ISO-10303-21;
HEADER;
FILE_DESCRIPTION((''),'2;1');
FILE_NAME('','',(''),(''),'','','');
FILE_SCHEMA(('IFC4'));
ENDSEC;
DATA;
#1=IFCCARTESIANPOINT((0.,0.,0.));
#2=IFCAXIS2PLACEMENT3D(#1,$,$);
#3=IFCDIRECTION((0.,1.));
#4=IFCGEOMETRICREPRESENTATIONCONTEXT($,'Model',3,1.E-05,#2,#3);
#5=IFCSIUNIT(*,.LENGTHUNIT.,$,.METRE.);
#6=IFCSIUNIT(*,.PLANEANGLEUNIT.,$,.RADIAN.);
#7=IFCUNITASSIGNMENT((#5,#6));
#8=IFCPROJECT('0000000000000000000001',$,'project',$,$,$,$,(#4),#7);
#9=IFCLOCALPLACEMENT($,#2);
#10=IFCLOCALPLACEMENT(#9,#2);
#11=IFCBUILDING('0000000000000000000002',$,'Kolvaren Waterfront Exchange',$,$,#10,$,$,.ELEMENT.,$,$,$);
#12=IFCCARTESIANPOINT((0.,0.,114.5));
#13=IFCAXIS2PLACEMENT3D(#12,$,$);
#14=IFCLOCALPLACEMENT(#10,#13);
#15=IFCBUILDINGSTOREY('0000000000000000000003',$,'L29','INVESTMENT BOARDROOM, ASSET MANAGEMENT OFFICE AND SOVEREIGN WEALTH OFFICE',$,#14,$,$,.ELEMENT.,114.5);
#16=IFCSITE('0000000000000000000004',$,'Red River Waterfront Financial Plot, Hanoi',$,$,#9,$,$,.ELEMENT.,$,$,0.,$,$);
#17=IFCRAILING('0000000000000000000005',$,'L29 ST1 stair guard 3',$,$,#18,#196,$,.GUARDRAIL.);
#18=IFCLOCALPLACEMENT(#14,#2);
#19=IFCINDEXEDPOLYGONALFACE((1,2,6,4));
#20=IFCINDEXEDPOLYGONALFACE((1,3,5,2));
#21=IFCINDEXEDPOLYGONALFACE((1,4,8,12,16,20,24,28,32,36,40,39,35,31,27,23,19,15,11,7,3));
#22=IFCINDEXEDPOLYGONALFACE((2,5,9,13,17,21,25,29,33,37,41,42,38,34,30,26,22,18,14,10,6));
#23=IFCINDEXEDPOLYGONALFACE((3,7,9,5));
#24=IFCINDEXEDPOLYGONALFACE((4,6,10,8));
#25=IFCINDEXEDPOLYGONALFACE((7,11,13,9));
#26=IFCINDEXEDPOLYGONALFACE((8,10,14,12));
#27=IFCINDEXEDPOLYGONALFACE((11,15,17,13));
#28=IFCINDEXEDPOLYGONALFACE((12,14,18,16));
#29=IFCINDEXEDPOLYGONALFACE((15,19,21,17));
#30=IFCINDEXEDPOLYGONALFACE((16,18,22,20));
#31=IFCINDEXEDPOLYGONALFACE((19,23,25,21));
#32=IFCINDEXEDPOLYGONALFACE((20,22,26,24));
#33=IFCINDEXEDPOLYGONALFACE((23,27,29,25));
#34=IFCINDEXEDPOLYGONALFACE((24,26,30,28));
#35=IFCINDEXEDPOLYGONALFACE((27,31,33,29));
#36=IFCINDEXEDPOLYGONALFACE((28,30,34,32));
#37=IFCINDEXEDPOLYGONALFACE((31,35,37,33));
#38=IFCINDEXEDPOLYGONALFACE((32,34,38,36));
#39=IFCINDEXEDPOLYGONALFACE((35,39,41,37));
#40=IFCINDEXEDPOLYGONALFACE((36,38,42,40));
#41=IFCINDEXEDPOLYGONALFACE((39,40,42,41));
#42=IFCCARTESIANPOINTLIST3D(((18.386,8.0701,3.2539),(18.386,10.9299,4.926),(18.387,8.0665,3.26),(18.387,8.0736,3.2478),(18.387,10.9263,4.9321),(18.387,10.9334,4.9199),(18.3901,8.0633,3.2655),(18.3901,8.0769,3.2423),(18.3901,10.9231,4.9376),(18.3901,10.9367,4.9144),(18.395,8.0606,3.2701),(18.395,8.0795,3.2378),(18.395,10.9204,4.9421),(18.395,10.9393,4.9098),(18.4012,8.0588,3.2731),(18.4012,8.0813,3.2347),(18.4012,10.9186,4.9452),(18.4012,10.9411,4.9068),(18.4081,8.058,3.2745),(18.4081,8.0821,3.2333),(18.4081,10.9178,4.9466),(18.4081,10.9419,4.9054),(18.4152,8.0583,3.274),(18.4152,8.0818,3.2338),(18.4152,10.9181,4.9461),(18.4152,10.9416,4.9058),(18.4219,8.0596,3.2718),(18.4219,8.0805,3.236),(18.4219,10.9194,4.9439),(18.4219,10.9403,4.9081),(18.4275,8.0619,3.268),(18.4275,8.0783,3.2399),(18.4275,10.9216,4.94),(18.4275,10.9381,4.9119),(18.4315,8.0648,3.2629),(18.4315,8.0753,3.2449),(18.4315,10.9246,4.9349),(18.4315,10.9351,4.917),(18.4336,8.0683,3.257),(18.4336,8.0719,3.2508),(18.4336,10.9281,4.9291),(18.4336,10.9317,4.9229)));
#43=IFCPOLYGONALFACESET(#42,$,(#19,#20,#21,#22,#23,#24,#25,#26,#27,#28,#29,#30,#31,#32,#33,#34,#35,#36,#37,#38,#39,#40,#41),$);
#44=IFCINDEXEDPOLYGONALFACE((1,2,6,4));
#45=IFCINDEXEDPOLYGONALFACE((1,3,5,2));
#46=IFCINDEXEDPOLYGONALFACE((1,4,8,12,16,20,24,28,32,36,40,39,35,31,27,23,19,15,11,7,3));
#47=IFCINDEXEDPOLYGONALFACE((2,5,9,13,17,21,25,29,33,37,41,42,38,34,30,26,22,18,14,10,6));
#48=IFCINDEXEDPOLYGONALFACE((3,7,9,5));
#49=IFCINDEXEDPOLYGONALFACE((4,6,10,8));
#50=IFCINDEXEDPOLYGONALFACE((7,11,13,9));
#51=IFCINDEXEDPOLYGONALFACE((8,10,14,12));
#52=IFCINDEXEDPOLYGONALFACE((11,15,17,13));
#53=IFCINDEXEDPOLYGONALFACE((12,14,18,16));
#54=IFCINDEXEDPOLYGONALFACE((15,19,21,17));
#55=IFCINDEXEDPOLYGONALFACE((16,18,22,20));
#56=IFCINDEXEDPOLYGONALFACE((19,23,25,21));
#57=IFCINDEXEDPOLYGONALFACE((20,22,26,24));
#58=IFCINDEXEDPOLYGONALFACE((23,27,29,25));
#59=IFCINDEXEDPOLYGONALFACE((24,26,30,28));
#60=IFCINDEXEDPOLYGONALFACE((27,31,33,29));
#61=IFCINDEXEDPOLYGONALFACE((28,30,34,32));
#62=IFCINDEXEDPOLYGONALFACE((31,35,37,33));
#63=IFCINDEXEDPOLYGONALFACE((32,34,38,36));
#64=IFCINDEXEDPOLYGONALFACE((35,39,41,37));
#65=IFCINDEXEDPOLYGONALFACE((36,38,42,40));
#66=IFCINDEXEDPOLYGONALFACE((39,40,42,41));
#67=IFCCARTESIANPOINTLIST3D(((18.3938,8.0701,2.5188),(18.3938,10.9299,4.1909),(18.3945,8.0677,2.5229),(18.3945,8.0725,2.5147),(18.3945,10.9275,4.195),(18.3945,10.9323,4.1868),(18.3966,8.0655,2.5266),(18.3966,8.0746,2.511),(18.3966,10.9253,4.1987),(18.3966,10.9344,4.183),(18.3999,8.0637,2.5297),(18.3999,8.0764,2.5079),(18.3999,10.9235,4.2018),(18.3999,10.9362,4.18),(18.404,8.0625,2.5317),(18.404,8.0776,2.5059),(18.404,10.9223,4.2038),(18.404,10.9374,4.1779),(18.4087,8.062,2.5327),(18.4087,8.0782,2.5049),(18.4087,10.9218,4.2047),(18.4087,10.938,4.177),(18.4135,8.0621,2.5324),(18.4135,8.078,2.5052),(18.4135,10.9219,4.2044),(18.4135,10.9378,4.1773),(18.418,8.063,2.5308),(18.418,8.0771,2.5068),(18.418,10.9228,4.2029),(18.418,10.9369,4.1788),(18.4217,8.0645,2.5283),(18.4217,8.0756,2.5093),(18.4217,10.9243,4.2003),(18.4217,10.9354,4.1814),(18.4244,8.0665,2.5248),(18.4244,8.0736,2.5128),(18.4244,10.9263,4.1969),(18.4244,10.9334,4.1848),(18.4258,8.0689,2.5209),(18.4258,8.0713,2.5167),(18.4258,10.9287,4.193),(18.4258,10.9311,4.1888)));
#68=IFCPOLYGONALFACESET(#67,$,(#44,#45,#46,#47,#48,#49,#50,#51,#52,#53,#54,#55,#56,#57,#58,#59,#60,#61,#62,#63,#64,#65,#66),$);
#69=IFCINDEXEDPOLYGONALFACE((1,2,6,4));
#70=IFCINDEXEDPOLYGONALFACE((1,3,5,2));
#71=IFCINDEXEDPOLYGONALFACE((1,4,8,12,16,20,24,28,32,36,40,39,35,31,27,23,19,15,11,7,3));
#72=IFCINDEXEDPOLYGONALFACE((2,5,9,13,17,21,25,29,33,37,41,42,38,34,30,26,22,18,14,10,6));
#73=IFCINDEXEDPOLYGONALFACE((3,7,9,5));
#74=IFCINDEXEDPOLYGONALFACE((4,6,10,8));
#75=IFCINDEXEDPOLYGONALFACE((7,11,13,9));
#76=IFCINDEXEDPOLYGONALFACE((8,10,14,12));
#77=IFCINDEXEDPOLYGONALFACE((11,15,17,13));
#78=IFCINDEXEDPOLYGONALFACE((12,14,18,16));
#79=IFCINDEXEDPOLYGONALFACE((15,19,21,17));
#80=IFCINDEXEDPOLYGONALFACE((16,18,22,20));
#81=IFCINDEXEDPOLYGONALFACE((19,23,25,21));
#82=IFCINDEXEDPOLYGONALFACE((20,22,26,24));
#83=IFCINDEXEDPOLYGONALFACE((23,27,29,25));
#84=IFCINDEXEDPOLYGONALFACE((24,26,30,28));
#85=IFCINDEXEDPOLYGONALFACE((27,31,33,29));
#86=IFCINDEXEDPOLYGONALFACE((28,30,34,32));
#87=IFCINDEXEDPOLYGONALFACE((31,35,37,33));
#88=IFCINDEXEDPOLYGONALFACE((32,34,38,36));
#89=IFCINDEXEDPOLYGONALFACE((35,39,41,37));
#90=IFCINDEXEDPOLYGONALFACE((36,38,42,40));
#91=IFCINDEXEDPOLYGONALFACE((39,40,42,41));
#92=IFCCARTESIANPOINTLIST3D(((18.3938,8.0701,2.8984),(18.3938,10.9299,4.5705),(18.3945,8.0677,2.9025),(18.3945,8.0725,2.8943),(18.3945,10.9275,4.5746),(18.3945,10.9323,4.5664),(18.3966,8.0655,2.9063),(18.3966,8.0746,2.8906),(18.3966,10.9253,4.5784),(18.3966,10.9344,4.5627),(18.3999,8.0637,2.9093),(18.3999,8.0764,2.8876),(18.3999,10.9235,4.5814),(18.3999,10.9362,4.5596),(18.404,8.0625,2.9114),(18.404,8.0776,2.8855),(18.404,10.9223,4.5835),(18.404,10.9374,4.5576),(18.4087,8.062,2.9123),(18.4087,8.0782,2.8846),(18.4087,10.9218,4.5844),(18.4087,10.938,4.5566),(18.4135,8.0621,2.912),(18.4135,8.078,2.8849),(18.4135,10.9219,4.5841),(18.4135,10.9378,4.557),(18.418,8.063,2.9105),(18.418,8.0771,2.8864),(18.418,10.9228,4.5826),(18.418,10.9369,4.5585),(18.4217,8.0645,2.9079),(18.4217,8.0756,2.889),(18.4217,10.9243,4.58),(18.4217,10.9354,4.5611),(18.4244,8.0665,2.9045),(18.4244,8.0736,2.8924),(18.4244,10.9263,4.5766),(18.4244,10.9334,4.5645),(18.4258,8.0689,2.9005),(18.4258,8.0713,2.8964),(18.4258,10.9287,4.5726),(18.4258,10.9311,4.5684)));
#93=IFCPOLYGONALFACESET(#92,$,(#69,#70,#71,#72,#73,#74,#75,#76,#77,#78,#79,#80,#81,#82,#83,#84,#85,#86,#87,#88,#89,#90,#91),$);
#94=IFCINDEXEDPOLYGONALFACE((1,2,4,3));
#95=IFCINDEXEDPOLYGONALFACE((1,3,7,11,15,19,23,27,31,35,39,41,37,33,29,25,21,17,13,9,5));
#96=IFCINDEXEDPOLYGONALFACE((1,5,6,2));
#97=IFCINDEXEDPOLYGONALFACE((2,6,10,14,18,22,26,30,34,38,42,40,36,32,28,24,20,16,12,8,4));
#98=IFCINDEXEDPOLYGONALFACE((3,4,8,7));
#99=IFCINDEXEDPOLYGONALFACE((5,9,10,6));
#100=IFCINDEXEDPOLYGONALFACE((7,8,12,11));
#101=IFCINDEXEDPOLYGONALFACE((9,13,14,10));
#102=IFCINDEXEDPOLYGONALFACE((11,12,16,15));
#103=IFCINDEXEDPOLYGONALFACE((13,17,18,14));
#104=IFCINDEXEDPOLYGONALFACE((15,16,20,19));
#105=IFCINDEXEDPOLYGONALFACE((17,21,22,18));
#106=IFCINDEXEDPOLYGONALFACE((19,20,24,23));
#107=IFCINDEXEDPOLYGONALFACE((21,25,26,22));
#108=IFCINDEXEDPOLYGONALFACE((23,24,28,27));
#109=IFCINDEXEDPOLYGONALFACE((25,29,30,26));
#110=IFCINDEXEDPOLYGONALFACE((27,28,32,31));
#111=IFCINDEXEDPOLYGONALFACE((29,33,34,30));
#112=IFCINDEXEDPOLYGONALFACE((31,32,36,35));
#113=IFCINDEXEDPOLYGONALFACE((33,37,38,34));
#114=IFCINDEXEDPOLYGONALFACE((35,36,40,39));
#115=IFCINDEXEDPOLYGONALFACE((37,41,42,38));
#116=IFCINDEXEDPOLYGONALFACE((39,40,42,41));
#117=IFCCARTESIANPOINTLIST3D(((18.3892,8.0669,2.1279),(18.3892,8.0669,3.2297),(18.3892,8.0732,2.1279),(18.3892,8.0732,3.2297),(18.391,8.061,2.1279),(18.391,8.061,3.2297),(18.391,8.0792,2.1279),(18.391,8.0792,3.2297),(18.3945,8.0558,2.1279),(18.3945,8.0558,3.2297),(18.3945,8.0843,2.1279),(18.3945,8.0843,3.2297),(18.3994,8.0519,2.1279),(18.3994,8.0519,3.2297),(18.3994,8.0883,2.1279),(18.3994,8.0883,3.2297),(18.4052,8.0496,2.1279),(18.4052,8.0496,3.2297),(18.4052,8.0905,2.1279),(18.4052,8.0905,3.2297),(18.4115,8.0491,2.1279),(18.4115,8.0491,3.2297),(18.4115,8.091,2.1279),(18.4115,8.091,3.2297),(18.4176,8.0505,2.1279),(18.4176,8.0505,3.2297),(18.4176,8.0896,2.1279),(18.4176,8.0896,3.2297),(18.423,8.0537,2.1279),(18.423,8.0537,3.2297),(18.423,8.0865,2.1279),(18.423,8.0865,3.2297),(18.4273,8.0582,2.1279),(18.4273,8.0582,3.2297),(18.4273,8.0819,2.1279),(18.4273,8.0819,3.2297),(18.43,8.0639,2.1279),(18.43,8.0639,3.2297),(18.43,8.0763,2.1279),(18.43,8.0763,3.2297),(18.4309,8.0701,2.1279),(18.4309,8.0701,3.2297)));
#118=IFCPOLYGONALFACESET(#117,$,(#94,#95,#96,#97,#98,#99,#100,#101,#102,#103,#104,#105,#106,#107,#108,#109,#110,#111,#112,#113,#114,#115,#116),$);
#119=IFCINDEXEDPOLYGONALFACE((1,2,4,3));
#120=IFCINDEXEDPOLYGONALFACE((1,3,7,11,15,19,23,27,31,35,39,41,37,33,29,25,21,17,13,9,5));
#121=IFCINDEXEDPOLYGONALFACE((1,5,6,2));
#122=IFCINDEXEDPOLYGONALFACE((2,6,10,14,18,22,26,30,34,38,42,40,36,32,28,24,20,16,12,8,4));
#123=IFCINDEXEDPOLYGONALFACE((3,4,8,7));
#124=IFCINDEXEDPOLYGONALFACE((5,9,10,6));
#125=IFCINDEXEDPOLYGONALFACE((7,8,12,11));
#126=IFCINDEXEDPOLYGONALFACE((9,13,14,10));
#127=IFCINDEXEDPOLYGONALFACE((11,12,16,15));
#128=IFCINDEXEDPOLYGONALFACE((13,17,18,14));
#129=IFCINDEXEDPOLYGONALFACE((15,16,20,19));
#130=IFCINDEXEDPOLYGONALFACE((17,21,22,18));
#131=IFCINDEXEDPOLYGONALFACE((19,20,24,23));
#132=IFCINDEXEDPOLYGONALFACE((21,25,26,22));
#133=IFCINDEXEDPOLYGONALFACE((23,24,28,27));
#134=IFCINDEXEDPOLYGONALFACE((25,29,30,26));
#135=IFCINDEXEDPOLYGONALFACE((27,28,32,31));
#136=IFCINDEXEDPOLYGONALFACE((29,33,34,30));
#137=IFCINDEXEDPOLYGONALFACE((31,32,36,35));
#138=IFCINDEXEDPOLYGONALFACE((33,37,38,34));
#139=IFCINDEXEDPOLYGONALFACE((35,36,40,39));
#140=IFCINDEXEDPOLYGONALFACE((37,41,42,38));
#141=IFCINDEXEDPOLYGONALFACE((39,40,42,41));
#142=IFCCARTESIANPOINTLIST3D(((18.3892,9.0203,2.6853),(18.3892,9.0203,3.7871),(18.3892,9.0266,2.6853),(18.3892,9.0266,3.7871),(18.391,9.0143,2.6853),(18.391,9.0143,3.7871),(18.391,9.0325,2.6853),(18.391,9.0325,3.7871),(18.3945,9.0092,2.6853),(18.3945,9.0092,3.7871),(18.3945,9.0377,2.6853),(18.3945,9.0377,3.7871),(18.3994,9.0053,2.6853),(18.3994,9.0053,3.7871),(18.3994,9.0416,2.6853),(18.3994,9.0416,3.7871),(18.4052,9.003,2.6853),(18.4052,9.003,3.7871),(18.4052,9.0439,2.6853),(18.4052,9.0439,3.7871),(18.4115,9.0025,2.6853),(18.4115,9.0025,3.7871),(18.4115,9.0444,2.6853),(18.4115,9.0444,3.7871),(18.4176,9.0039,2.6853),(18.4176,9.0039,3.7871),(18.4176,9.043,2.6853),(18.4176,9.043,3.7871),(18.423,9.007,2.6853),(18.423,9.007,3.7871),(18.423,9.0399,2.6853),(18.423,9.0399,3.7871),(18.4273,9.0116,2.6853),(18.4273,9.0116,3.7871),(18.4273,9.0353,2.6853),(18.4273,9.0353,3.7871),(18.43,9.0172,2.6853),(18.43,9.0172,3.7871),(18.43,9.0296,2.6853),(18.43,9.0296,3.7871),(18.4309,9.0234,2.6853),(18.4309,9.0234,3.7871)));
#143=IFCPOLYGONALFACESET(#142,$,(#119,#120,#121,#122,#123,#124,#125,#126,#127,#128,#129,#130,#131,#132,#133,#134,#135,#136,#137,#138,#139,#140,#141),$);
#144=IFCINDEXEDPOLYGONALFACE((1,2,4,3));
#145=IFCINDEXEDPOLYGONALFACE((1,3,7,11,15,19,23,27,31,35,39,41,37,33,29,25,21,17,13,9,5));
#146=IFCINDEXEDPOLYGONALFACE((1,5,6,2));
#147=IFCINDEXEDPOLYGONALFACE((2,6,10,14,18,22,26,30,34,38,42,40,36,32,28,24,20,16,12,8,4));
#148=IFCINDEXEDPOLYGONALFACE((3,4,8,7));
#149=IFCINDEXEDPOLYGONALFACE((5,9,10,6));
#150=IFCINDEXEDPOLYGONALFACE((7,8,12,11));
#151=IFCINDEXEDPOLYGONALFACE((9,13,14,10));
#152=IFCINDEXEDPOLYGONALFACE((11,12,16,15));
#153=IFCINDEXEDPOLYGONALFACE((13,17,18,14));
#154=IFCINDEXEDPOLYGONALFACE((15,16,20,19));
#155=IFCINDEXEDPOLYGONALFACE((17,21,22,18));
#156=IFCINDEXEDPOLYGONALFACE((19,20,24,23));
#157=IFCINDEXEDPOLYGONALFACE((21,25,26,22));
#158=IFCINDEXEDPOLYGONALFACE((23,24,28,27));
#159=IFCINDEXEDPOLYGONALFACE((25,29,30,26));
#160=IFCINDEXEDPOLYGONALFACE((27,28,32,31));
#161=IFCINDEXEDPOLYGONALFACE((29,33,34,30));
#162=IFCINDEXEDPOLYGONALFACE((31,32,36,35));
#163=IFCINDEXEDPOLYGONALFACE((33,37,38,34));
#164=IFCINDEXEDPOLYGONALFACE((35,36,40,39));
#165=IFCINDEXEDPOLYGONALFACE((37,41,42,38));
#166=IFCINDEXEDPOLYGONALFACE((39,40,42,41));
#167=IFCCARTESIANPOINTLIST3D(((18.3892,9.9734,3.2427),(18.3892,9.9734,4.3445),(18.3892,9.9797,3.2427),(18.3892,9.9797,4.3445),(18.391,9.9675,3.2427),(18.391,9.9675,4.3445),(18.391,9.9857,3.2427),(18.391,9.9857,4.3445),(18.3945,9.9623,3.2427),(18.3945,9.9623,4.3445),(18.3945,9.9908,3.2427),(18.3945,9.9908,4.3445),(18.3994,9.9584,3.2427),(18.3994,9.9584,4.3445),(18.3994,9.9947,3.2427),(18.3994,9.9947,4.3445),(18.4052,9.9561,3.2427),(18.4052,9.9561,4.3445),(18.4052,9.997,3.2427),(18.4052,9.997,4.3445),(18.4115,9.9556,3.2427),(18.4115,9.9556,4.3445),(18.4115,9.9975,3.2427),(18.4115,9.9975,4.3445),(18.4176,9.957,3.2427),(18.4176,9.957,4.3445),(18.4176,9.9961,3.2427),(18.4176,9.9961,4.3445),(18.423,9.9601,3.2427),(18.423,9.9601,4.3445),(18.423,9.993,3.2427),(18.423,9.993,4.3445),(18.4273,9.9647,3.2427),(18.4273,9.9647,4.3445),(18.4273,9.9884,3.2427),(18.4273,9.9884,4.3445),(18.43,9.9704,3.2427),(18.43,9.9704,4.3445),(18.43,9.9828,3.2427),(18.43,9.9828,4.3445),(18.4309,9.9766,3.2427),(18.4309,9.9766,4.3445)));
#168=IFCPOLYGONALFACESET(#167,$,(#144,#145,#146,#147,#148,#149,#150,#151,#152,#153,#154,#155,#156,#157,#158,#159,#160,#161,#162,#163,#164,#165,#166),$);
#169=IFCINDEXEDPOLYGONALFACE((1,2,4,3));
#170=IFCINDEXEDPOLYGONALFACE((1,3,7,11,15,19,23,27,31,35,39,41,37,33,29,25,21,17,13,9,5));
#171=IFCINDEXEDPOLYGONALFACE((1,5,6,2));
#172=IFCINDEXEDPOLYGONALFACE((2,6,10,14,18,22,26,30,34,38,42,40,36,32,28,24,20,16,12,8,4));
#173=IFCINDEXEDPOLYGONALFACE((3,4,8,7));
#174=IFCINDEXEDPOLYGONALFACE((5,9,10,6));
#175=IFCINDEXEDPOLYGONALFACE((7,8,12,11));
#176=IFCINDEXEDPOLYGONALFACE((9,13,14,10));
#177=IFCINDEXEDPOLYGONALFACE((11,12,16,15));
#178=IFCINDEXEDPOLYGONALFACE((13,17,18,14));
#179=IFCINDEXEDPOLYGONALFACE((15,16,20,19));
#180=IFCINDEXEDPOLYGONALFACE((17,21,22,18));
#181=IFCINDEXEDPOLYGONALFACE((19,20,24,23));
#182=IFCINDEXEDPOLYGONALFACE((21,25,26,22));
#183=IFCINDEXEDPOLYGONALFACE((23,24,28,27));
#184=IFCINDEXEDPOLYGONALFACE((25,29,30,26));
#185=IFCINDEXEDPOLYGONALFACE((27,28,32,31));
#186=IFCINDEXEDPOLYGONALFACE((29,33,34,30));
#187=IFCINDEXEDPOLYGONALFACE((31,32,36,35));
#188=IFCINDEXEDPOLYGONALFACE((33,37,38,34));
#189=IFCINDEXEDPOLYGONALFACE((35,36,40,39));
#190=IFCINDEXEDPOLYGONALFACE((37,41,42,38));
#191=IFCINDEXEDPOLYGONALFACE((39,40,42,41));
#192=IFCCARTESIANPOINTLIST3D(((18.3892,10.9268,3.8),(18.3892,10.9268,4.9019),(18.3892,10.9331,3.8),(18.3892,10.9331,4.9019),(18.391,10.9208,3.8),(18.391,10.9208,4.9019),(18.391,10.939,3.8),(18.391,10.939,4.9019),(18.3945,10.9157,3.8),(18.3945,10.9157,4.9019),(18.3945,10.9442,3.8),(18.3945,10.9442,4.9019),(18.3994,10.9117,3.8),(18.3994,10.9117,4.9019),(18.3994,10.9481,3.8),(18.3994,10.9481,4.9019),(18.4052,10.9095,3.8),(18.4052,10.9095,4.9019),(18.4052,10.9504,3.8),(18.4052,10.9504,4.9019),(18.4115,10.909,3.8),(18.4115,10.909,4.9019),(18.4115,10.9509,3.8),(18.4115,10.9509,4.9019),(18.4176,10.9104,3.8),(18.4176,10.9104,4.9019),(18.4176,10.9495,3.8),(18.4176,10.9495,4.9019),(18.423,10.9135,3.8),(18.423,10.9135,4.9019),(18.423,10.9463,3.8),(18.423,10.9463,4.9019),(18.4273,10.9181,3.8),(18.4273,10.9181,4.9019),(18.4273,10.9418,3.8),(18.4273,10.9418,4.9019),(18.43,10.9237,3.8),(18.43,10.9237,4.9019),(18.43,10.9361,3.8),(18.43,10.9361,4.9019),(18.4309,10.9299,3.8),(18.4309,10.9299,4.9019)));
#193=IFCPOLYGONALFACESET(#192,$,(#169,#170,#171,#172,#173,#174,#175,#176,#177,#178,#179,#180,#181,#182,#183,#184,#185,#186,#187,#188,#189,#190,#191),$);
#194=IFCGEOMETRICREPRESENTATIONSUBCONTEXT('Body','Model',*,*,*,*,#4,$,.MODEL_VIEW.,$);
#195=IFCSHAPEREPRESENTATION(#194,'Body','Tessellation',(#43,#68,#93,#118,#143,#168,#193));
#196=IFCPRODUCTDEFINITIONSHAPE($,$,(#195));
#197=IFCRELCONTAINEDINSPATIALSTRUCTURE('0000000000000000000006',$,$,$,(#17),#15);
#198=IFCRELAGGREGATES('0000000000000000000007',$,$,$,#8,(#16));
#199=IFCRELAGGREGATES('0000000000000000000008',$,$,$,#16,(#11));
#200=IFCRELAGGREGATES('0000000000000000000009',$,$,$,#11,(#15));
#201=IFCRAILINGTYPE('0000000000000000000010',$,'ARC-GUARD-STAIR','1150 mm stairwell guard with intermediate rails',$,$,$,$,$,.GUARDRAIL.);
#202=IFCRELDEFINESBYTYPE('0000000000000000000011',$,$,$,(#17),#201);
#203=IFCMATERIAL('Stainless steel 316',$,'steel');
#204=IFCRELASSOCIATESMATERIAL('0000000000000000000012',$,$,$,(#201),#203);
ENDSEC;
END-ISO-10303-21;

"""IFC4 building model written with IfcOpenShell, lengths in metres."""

from ifc_helpers import new_model, si_unit, direction, frame, origin, origin_2d, place, context, subcontext, project, spatial, circle, extrude, material, type_object, element, save


model = new_model("IFC4")

# Units and contexts
model_context = context("Model", 3, precision=1e-05, world=origin(), true_north=direction((0.0, 1.0)))
body_context = subcontext(model_context, "Body", "Model", "MODEL_VIEW")
ifc_project = project(units=[si_unit("LENGTHUNIT", "METRE"), si_unit("PLANEANGLEUNIT", "RADIAN")], contexts=[model_context])

# Site, building, storey
site_placement = place(None, origin())
site = spatial("IfcSite", under=ifc_project, at=site_placement, Name="Red River Waterfront Financial Plot, Hanoi", CompositionType="ELEMENT", RefElevation=0.0)
building_placement = place(site_placement, origin())
building = spatial("IfcBuilding", under=site, at=building_placement, Name="Kolvaren Waterfront Exchange", CompositionType="ELEMENT")
storey_placement = place(building_placement, frame((0.0, 0.0, 114.5)))
storey = spatial("IfcBuildingStorey", under=building, at=storey_placement, Name="L29", Description="INVESTMENT BOARDROOM, ASSET MANAGEMENT OFFICE AND SOVEREIGN WEALTH OFFICE", CompositionType="ELEMENT", Elevation=114.5)

# Railing
ifc_material_1 = material(Name="Stainless steel 316", Category="steel")
railing_type_1 = type_object("IfcRailingType", Name="ARC-GUARD-STAIR", Description="1150 mm stairwell guard with intermediate rails", PredefinedType="GUARDRAIL", material=ifc_material_1)
railing_1_placement = place(storey_placement, frame((18.4099, 8.0701, 2.1279)))
element("IfcRailing", 1, at=railing_1_placement, inside=storey, type_object=railing_type_1, Name="L29 ST1 stair guard 3", PredefinedType="GUARDRAIL", context=body_context, shape_type="SweptSolid", body=[
    extrude(circle(Radius=0.0239, at=origin_2d()), frame((0.0, 0.0, 1.126), z_axis=(0.0, 0.863271, 0.504741), x_axis=(-1.0, 0.0, 0.0)), (0.0, 0.0, 1.0), 3.3127),
    extrude(circle(Radius=0.0161, at=origin_2d()), frame((0.0, 0.0, 0.3909), z_axis=(0.0, 0.863271, 0.504741), x_axis=(-1.0, 0.0, 0.0)), (0.0, 0.0, 1.0), 3.3127),
    extrude(circle(Radius=0.0161, at=origin_2d()), frame((0.0, 0.0, 0.7705), z_axis=(0.0, 0.863271, 0.504741), x_axis=(-1.0, 0.0, 0.0)), (0.0, 0.0, 1.0), 3.3127),
    extrude(circle(Radius=0.021, at=origin_2d()), origin(), (0.0, 0.0, 1.0), 1.1018),
    extrude(circle(Radius=0.021, at=origin_2d()), frame((0.0, 0.9534, 0.5574)), (0.0, 0.0, 1.0), 1.1018),
    extrude(circle(Radius=0.021, at=origin_2d()), frame((0.0, 1.9065, 1.1147)), (0.0, 0.0, 1.0), 1.1018),
    extrude(circle(Radius=0.021, at=origin_2d()), frame((0.0, 2.8599, 1.6721)), (0.0, 0.0, 1.0), 1.1018),
])

save(model, "model.ifc")
